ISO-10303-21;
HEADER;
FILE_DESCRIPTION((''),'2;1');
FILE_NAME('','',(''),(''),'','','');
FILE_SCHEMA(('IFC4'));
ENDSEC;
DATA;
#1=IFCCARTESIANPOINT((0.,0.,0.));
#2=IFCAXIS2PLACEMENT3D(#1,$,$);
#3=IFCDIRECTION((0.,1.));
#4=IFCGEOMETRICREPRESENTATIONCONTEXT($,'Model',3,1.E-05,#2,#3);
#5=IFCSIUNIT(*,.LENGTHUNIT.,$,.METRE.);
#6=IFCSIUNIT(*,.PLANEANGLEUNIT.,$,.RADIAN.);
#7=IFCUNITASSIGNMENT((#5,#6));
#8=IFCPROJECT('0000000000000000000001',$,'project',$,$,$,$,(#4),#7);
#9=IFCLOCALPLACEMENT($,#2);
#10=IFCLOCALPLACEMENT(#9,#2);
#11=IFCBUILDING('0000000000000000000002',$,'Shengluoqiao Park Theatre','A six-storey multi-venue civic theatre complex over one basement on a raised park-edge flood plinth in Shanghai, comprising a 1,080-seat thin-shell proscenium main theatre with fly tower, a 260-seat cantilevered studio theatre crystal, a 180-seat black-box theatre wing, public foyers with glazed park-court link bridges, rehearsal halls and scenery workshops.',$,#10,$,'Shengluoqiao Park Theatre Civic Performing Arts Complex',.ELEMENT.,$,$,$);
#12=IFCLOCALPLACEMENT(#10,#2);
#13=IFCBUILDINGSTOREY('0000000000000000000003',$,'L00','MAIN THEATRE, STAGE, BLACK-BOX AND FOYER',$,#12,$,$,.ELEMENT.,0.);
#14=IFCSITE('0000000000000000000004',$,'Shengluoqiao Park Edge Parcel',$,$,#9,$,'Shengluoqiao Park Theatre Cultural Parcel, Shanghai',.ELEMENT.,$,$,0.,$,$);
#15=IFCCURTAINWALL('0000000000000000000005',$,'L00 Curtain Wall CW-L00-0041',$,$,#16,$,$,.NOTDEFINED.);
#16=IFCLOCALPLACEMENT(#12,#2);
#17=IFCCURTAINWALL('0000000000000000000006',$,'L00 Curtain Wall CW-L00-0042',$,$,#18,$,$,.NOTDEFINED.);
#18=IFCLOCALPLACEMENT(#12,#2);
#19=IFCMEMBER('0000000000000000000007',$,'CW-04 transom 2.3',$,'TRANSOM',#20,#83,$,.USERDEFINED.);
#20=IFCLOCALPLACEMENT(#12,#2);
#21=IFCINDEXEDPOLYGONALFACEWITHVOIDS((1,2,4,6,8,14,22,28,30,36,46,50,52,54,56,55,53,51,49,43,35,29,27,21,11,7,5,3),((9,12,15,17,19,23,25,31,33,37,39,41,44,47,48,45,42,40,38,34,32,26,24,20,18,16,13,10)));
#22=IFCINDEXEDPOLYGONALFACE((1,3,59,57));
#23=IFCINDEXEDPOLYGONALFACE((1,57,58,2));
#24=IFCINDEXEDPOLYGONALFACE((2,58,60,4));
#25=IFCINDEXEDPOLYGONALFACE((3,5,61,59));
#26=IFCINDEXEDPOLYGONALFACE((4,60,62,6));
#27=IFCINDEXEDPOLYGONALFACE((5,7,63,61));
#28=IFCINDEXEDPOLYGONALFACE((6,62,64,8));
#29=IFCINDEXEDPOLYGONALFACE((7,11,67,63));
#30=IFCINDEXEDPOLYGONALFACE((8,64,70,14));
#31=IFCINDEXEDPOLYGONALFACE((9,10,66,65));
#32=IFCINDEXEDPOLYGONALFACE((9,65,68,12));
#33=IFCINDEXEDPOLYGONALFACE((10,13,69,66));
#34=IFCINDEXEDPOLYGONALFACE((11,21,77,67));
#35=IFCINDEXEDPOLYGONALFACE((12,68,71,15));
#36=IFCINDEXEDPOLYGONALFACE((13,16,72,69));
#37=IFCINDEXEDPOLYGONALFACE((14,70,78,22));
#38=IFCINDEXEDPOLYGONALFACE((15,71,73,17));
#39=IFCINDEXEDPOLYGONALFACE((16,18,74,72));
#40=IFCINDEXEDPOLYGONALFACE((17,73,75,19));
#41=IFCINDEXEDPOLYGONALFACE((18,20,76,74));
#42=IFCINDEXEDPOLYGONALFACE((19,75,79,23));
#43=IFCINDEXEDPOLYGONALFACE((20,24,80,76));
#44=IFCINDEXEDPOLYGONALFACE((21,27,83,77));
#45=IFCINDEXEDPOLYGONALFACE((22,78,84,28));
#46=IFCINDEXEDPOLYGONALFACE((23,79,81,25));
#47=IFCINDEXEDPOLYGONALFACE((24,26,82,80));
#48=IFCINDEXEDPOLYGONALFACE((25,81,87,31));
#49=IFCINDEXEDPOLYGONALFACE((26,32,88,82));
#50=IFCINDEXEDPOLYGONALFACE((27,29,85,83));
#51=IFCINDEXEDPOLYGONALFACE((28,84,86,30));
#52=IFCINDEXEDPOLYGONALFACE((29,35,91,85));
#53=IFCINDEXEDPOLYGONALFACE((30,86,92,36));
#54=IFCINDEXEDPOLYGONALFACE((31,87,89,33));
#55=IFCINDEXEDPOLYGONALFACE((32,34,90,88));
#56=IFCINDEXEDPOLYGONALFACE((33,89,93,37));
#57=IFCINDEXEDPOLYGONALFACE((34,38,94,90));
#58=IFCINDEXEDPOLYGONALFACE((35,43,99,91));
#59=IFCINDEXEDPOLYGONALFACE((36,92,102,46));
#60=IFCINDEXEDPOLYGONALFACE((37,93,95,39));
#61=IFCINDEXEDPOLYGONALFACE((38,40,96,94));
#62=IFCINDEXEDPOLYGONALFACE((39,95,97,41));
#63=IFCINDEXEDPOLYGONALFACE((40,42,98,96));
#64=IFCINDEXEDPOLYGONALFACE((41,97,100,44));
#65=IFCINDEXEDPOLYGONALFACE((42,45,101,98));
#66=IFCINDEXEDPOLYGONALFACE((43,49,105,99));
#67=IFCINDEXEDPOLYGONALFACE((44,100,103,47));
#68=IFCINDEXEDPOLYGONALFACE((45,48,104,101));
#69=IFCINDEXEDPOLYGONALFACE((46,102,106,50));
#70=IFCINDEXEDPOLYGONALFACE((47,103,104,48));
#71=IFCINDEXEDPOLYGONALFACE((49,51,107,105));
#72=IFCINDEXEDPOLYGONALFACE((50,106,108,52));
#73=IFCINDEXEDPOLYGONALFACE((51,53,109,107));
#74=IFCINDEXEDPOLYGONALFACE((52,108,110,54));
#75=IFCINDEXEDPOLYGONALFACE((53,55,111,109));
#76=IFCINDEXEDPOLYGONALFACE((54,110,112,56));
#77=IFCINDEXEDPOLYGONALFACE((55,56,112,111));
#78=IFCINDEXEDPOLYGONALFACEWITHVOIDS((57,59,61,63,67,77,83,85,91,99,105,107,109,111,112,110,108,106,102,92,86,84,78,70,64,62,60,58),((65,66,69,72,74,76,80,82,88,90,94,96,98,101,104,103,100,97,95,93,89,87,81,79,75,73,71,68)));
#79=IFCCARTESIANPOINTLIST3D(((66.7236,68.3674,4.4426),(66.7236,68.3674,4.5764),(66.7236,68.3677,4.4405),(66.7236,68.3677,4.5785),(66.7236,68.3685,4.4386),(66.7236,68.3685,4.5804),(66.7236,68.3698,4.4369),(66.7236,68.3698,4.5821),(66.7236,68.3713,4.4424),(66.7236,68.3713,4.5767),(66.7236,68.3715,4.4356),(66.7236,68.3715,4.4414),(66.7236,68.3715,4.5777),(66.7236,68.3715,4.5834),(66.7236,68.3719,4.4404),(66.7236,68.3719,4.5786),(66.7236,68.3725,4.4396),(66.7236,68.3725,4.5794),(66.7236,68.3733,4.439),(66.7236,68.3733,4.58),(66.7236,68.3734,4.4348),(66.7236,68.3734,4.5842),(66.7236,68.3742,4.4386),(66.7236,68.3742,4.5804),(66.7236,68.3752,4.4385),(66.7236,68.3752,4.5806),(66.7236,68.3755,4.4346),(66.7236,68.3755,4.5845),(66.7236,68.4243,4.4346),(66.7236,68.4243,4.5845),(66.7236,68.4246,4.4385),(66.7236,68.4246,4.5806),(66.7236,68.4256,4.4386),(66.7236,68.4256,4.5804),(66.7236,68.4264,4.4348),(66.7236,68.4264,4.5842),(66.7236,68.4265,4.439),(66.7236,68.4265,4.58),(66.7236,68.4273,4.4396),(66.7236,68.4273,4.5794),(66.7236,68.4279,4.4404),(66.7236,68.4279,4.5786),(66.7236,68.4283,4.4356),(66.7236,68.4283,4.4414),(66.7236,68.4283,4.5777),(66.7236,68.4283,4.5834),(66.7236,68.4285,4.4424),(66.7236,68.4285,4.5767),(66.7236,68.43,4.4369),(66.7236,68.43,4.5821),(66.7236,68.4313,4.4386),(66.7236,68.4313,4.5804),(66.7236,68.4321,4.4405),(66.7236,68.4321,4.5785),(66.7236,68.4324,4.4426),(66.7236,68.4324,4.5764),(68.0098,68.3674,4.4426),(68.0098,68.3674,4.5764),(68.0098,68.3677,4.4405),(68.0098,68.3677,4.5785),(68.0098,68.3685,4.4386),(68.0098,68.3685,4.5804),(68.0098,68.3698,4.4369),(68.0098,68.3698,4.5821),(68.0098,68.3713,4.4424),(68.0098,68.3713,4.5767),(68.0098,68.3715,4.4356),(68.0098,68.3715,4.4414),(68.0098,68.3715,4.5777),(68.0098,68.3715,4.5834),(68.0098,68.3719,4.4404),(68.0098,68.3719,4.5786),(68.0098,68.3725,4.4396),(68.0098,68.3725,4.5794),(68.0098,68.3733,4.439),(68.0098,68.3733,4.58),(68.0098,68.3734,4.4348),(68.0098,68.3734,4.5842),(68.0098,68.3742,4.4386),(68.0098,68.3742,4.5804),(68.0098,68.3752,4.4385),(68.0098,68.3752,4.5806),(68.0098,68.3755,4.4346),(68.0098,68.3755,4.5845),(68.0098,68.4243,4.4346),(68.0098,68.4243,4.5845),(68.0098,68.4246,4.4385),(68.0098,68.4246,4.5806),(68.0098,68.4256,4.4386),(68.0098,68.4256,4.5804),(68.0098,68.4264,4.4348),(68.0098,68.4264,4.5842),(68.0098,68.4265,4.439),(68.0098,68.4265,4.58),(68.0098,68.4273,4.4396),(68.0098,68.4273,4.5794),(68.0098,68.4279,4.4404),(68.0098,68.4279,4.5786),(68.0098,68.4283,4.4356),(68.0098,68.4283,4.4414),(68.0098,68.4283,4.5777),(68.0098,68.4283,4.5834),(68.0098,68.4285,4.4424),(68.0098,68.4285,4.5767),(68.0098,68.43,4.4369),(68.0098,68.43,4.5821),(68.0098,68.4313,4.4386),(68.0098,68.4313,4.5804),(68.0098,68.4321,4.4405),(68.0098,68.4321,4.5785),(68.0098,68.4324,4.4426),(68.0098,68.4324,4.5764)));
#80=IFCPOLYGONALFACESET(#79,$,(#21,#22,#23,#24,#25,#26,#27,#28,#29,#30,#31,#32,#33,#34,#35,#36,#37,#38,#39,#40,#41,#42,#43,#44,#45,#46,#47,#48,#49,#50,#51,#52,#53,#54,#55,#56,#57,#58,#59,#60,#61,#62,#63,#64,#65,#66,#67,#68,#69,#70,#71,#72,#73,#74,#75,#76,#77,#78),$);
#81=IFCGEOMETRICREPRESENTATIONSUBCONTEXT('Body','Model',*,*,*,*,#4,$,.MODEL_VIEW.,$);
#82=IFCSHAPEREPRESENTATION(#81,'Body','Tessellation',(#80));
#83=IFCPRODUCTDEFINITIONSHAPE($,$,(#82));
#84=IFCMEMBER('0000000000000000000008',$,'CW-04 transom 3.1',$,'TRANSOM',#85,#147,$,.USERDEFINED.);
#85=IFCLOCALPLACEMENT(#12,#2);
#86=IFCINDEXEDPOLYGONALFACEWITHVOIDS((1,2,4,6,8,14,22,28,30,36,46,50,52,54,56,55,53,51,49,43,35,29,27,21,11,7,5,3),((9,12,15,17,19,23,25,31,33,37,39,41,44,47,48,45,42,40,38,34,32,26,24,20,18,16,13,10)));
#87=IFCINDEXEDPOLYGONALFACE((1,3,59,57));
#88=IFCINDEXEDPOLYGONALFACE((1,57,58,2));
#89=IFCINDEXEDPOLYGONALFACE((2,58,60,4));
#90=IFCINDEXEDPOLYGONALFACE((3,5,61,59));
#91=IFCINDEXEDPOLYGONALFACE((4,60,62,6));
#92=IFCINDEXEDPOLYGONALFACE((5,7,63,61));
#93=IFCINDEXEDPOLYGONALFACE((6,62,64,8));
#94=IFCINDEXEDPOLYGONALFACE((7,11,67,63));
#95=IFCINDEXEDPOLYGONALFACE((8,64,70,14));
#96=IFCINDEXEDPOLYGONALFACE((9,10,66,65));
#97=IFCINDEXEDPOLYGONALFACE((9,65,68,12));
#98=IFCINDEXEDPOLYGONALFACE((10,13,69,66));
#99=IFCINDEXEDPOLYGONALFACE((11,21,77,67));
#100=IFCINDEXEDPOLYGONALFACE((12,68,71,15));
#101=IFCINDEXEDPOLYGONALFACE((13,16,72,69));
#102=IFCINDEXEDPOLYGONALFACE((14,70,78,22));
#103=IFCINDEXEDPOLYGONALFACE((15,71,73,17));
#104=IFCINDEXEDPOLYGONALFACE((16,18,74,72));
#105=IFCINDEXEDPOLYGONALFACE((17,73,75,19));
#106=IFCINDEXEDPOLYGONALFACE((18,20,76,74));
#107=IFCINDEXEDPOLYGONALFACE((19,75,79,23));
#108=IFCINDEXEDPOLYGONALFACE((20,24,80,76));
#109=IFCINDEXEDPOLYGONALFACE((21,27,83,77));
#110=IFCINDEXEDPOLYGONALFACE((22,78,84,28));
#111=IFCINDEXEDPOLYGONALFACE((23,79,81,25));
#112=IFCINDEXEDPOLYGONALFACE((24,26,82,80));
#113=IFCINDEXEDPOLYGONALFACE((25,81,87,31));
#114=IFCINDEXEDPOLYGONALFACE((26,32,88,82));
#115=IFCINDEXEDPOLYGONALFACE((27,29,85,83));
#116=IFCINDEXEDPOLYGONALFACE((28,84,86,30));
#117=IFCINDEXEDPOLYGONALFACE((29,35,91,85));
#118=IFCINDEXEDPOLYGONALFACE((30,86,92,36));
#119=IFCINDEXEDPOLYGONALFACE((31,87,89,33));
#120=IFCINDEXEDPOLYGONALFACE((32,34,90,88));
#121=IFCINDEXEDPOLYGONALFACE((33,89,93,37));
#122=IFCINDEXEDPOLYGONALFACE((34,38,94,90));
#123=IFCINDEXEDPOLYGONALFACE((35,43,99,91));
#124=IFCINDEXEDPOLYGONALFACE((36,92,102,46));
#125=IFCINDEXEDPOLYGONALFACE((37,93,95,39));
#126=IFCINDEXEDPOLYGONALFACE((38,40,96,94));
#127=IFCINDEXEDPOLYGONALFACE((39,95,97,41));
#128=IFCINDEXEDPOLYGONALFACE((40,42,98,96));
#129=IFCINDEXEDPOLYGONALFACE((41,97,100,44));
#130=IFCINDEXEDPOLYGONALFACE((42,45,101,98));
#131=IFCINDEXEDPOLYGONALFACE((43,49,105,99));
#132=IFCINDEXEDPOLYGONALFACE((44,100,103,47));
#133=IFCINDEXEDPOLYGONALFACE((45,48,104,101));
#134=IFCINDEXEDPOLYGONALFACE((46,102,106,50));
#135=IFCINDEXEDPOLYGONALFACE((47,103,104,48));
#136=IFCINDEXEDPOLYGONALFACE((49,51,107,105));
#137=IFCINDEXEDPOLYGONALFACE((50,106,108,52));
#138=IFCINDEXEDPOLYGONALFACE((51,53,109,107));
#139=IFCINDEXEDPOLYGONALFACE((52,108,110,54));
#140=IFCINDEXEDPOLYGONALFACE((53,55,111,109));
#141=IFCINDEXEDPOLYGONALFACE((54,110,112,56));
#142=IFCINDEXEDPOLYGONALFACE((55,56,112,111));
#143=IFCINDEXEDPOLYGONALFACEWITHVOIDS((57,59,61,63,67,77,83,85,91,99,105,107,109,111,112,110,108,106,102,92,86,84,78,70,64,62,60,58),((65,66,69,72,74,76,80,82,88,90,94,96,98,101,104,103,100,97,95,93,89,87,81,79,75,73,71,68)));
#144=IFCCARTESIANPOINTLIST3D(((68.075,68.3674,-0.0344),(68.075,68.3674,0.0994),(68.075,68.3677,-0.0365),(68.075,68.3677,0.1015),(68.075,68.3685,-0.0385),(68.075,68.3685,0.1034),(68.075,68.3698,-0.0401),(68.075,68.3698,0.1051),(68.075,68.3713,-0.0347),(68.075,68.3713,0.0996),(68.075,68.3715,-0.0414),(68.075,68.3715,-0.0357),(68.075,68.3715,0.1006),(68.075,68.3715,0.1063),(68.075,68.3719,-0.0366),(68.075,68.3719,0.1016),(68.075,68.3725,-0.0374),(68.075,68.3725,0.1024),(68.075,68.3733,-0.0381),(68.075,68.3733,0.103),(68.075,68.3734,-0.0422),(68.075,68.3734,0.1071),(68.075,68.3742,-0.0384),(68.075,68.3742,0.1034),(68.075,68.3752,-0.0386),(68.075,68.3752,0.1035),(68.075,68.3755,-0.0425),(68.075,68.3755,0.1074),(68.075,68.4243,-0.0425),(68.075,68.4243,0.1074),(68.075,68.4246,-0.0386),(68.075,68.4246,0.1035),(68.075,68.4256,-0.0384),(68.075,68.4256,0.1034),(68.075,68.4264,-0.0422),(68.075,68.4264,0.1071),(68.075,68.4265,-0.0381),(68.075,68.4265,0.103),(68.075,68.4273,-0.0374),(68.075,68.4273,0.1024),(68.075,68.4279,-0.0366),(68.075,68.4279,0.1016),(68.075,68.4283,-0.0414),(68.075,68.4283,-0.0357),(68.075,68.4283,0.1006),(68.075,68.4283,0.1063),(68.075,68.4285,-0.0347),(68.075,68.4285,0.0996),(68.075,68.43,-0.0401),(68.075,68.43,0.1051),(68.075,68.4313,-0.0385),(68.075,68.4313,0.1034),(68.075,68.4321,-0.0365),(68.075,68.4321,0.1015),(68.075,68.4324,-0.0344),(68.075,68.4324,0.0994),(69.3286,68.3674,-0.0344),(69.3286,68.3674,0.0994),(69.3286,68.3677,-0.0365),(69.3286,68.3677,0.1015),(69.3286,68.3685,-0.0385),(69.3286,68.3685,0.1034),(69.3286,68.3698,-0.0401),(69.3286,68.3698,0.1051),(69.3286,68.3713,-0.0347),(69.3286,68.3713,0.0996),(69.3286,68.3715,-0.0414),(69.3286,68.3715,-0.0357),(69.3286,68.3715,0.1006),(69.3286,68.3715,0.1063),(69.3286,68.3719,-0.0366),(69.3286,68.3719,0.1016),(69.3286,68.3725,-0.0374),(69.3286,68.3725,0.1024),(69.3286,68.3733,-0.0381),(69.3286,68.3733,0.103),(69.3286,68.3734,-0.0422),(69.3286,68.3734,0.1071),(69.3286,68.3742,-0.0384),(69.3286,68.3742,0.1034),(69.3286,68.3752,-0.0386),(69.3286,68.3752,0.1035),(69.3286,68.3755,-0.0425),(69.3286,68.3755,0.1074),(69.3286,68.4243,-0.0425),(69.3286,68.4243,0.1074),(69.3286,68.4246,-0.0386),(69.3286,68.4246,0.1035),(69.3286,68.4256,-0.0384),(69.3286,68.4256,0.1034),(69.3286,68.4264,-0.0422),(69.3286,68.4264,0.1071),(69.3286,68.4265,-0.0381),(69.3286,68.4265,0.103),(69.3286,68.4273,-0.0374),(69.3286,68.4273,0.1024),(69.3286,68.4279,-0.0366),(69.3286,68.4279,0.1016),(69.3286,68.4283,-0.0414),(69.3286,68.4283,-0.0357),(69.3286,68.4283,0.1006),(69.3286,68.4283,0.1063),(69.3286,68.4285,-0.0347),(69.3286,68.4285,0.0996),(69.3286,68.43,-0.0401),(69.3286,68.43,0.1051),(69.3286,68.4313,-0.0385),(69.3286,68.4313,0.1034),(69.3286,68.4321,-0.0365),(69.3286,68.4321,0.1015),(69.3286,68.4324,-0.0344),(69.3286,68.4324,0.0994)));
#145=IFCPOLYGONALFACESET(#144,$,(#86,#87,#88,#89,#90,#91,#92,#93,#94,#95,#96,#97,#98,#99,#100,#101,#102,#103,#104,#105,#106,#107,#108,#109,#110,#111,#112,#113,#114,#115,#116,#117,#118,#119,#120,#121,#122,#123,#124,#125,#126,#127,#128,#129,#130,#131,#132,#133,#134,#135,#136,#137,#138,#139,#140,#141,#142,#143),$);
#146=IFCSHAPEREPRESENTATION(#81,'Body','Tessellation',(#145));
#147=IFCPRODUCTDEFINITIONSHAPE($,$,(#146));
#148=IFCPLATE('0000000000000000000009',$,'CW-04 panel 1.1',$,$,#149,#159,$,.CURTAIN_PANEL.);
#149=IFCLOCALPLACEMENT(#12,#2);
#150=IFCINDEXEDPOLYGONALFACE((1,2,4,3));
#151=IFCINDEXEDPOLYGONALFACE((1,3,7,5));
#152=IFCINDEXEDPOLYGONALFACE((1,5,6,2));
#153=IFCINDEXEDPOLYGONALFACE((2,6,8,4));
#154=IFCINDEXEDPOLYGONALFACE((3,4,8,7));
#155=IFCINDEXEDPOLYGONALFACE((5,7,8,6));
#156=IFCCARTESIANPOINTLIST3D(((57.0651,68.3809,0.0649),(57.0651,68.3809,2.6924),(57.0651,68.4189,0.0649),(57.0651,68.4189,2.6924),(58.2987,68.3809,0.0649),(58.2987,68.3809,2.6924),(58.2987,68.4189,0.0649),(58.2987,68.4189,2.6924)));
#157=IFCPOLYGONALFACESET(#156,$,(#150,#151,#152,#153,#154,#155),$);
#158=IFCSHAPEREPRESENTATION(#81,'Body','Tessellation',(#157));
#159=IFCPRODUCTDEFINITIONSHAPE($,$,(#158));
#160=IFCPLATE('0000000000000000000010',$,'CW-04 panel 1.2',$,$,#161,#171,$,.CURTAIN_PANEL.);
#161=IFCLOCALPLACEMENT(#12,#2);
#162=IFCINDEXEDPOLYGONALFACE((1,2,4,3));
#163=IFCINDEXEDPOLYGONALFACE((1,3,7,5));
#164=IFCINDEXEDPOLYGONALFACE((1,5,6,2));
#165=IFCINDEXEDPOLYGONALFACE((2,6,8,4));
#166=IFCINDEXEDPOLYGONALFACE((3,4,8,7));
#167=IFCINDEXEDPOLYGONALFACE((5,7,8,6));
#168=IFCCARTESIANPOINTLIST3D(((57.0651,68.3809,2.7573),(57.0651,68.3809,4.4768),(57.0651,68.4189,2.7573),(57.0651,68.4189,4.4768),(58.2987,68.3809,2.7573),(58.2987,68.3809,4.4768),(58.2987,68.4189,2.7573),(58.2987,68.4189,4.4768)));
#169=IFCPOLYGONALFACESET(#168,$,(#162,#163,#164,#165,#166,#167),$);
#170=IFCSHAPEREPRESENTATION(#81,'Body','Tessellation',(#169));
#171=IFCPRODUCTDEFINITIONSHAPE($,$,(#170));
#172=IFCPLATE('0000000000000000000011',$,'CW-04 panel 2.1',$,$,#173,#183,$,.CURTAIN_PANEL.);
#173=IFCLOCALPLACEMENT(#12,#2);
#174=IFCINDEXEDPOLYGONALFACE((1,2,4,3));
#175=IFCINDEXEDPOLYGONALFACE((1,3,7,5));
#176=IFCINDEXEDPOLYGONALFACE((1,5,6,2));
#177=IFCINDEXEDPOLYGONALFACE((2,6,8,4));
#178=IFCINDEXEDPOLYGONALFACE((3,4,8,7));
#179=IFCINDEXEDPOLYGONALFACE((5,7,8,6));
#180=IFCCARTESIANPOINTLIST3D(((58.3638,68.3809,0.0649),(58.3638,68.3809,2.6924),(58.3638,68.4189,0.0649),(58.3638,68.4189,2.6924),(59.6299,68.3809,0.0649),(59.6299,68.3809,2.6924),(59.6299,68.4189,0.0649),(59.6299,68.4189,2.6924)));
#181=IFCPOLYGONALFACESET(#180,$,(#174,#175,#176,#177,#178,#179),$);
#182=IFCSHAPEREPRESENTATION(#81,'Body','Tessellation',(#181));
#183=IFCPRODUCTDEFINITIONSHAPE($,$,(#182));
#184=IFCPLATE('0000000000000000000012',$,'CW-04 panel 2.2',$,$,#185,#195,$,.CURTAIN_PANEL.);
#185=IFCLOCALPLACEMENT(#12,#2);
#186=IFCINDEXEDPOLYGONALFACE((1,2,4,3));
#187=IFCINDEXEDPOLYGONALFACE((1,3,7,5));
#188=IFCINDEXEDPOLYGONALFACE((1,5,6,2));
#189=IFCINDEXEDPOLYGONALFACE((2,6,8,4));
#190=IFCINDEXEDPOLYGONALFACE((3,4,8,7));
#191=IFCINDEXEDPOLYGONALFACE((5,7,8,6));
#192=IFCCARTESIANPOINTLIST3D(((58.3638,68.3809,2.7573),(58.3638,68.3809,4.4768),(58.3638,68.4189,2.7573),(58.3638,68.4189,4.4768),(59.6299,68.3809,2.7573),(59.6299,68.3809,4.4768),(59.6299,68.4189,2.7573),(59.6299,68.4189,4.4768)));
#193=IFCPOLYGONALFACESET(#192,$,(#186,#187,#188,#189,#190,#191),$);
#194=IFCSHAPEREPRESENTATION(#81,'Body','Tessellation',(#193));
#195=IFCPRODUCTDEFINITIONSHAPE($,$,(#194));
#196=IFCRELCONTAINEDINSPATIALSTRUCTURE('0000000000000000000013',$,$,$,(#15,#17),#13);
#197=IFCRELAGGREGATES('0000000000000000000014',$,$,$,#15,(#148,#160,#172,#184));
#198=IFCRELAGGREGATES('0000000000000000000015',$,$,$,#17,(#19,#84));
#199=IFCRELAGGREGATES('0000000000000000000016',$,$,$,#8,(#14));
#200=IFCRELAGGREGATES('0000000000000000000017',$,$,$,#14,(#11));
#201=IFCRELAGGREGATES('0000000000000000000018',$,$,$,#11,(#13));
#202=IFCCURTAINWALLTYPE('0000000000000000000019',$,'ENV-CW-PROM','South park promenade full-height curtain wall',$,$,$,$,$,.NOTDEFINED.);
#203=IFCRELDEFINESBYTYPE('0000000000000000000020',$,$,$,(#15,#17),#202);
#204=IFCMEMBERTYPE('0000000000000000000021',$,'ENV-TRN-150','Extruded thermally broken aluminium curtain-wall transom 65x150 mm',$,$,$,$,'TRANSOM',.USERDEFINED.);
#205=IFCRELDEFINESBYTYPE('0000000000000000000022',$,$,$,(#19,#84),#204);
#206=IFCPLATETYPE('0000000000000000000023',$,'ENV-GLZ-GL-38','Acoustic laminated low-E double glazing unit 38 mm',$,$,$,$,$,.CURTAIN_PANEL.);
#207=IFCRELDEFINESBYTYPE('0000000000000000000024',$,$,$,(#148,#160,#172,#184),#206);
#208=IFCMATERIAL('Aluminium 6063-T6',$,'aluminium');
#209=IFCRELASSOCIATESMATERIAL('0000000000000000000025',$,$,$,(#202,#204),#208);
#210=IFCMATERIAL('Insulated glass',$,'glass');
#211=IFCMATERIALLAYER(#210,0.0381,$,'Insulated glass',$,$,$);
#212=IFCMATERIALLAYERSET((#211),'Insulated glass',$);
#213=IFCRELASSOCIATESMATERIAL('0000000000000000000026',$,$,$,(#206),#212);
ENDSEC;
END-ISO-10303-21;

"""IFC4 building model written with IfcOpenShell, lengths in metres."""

from ifc_helpers import new_model, si_unit, direction, frame, origin, origin_2d, place, context, subcontext, project, spatial, rectangle, hollow_rectangle, extrude, material, layer, layer_set, material_profile, profile_set, type_object, element, aggregate, save


model = new_model("IFC4")

# Units and contexts
model_context = context("Model", 3, precision=1e-05, world=origin(), true_north=direction((0.0, 1.0)))
body_context = subcontext(model_context, "Body", "Model", "MODEL_VIEW")
ifc_project = project(units=[si_unit("LENGTHUNIT", "METRE"), si_unit("PLANEANGLEUNIT", "RADIAN")], contexts=[model_context])

# Site, building, storey
site_placement = place(None, origin())
site = spatial("IfcSite", under=ifc_project, at=site_placement, Name="Shengluoqiao Park Edge Parcel", LongName="Shengluoqiao Park Theatre Cultural Parcel, Shanghai", CompositionType="ELEMENT", RefElevation=0.0)
building_placement = place(site_placement, origin())
building = spatial("IfcBuilding", under=site, at=building_placement, Name="Shengluoqiao Park Theatre", Description="A six-storey multi-venue civic theatre complex over one basement on a raised park-edge flood plinth in Shanghai, comprising a 1,080-seat thin-shell proscenium main theatre with fly tower, a 260-seat cantilevered studio theatre crystal, a 180-seat black-box theatre wing, public foyers with glazed park-court link bridges, rehearsal halls and scenery workshops.", LongName="Shengluoqiao Park Theatre Civic Performing Arts Complex", CompositionType="ELEMENT")
storey_placement = place(building_placement, origin())
storey = spatial("IfcBuildingStorey", under=building, at=storey_placement, Name="L00", Description="MAIN THEATRE, STAGE, BLACK-BOX AND FOYER", CompositionType="ELEMENT", Elevation=0.0)

# Curtain walls
ifc_material_1 = material(Name="Aluminium 6063-T6", Category="aluminium")
curtain_wall_type = type_object("IfcCurtainWallType", Name="ENV-CW-PROM", Description="South park promenade full-height curtain wall", PredefinedType="NOTDEFINED", material=ifc_material_1)
curtain_wall_1_placement = place(storey_placement, origin())
curtain_wall_1 = element("IfcCurtainWall", 1, at=curtain_wall_1_placement, inside=storey, type_object=curtain_wall_type, Name="L00 Curtain Wall CW-L00-0041", PredefinedType="NOTDEFINED")
curtain_wall_2_placement = place(storey_placement, origin())
curtain_wall_2 = element("IfcCurtainWall", 2, at=curtain_wall_2_placement, inside=storey, type_object=curtain_wall_type, Name="L00 Curtain Wall CW-L00-0042", PredefinedType="NOTDEFINED")

# Members
ifc_material_profile_1 = material_profile(ifc_material_1, hollow_rectangle(XDim=0.0649, YDim=0.1499, WallThickness=0.0039, InnerFilletRadius=0.0039, OuterFilletRadius=0.0081, at=origin_2d()), Name="ALU TRANSOM 150x65x4")
ifc_profile_set_1 = profile_set([ifc_material_profile_1], Name="Aluminium 6063-T6")
member_type_1 = type_object("IfcMemberType", Name="ENV-TRN-150", Description="Extruded thermally broken aluminium curtain-wall transom 65x150 mm", ElementType="TRANSOM", PredefinedType="USERDEFINED", material=ifc_profile_set_1)
member_1_placement = place(storey_placement, frame((66.7236, 68.3999, 4.5095), z_axis=(1.0, 0.0, 0.0), x_axis=(0.0, 1.0, 0.0)))
member_1 = element("IfcMember", 3, at=member_1_placement, type_object=member_type_1, Name="CW-04 transom 2.3", ObjectType="TRANSOM", PredefinedType="USERDEFINED", context=body_context, shape_type="SweptSolid", body=[
    extrude(hollow_rectangle(XDim=0.0649, YDim=0.1499, WallThickness=0.0039, InnerFilletRadius=0.0039, OuterFilletRadius=0.0081, at=origin_2d()), origin(), (0.0, 0.0, 1.0), 1.2861),
])
member_2_placement = place(storey_placement, frame((68.075, 68.3999, 0.0325), z_axis=(1.0, 0.0, 0.0), x_axis=(0.0, 1.0, 0.0)))
member_2 = element("IfcMember", 4, at=member_2_placement, type_object=member_type_1, Name="CW-04 transom 3.1", ObjectType="TRANSOM", PredefinedType="USERDEFINED", context=body_context, shape_type="SweptSolid", body=[
    extrude(hollow_rectangle(XDim=0.0649, YDim=0.1499, WallThickness=0.0039, InnerFilletRadius=0.0039, OuterFilletRadius=0.0081, at=origin_2d()), origin(), (0.0, 0.0, 1.0), 1.2537),
])

# Plates
ifc_material_2 = material(Name="Insulated glass", Category="glass")
ifc_layer_1 = layer(ifc_material_2, 0.0381, Name="Insulated glass")
ifc_layer_set_1 = layer_set([ifc_layer_1], Name="Insulated glass")
plate_type = type_object("IfcPlateType", Name="ENV-GLZ-GL-38", Description="Acoustic laminated low-E double glazing unit 38 mm", PredefinedType="CURTAIN_PANEL", material=ifc_layer_set_1)
plate_1_placement = place(storey_placement, frame((57.6819, 68.3999, 0.0649), z_axis=(0.0, 0.0, 1.0), x_axis=(1.0, 0.0, 0.0)))
plate_1 = element("IfcPlate", 5, at=plate_1_placement, type_object=plate_type, Name="CW-04 panel 1.1", PredefinedType="CURTAIN_PANEL", context=body_context, shape_type="SweptSolid", body=[
    extrude(rectangle(XDim=1.2336, YDim=0.0381, at=origin_2d()), origin(), (0.0, 0.0, 1.0), 2.6274),
])
plate_2_placement = place(storey_placement, frame((57.6819, 68.3999, 2.7573), z_axis=(0.0, 0.0, 1.0), x_axis=(1.0, 0.0, 0.0)))
plate_2 = element("IfcPlate", 6, at=plate_2_placement, type_object=plate_type, Name="CW-04 panel 1.2", PredefinedType="CURTAIN_PANEL", context=body_context, shape_type="SweptSolid", body=[
    extrude(rectangle(XDim=1.2336, YDim=0.0381, at=origin_2d()), origin(), (0.0, 0.0, 1.0), 1.7195),
])
plate_3_placement = place(storey_placement, frame((58.9968, 68.3999, 0.0649), z_axis=(0.0, 0.0, 1.0), x_axis=(1.0, 0.0, 0.0)))
plate_3 = element("IfcPlate", 7, at=plate_3_placement, type_object=plate_type, Name="CW-04 panel 2.1", PredefinedType="CURTAIN_PANEL", context=body_context, shape_type="SweptSolid", body=[
    extrude(rectangle(XDim=1.2661, YDim=0.0381, at=origin_2d()), origin(), (0.0, 0.0, 1.0), 2.6274),
])
plate_4_placement = place(storey_placement, frame((58.9968, 68.3999, 2.7573), z_axis=(0.0, 0.0, 1.0), x_axis=(1.0, 0.0, 0.0)))
plate_4 = element("IfcPlate", 8, at=plate_4_placement, type_object=plate_type, Name="CW-04 panel 2.2", PredefinedType="CURTAIN_PANEL", context=body_context, shape_type="SweptSolid", body=[
    extrude(rectangle(XDim=1.2661, YDim=0.0381, at=origin_2d()), origin(), (0.0, 0.0, 1.0), 1.7195),
])
aggregate(curtain_wall_1, [plate_1, plate_2, plate_3, plate_4])
aggregate(curtain_wall_2, [member_1, member_2])

save(model, "model.ifc")
